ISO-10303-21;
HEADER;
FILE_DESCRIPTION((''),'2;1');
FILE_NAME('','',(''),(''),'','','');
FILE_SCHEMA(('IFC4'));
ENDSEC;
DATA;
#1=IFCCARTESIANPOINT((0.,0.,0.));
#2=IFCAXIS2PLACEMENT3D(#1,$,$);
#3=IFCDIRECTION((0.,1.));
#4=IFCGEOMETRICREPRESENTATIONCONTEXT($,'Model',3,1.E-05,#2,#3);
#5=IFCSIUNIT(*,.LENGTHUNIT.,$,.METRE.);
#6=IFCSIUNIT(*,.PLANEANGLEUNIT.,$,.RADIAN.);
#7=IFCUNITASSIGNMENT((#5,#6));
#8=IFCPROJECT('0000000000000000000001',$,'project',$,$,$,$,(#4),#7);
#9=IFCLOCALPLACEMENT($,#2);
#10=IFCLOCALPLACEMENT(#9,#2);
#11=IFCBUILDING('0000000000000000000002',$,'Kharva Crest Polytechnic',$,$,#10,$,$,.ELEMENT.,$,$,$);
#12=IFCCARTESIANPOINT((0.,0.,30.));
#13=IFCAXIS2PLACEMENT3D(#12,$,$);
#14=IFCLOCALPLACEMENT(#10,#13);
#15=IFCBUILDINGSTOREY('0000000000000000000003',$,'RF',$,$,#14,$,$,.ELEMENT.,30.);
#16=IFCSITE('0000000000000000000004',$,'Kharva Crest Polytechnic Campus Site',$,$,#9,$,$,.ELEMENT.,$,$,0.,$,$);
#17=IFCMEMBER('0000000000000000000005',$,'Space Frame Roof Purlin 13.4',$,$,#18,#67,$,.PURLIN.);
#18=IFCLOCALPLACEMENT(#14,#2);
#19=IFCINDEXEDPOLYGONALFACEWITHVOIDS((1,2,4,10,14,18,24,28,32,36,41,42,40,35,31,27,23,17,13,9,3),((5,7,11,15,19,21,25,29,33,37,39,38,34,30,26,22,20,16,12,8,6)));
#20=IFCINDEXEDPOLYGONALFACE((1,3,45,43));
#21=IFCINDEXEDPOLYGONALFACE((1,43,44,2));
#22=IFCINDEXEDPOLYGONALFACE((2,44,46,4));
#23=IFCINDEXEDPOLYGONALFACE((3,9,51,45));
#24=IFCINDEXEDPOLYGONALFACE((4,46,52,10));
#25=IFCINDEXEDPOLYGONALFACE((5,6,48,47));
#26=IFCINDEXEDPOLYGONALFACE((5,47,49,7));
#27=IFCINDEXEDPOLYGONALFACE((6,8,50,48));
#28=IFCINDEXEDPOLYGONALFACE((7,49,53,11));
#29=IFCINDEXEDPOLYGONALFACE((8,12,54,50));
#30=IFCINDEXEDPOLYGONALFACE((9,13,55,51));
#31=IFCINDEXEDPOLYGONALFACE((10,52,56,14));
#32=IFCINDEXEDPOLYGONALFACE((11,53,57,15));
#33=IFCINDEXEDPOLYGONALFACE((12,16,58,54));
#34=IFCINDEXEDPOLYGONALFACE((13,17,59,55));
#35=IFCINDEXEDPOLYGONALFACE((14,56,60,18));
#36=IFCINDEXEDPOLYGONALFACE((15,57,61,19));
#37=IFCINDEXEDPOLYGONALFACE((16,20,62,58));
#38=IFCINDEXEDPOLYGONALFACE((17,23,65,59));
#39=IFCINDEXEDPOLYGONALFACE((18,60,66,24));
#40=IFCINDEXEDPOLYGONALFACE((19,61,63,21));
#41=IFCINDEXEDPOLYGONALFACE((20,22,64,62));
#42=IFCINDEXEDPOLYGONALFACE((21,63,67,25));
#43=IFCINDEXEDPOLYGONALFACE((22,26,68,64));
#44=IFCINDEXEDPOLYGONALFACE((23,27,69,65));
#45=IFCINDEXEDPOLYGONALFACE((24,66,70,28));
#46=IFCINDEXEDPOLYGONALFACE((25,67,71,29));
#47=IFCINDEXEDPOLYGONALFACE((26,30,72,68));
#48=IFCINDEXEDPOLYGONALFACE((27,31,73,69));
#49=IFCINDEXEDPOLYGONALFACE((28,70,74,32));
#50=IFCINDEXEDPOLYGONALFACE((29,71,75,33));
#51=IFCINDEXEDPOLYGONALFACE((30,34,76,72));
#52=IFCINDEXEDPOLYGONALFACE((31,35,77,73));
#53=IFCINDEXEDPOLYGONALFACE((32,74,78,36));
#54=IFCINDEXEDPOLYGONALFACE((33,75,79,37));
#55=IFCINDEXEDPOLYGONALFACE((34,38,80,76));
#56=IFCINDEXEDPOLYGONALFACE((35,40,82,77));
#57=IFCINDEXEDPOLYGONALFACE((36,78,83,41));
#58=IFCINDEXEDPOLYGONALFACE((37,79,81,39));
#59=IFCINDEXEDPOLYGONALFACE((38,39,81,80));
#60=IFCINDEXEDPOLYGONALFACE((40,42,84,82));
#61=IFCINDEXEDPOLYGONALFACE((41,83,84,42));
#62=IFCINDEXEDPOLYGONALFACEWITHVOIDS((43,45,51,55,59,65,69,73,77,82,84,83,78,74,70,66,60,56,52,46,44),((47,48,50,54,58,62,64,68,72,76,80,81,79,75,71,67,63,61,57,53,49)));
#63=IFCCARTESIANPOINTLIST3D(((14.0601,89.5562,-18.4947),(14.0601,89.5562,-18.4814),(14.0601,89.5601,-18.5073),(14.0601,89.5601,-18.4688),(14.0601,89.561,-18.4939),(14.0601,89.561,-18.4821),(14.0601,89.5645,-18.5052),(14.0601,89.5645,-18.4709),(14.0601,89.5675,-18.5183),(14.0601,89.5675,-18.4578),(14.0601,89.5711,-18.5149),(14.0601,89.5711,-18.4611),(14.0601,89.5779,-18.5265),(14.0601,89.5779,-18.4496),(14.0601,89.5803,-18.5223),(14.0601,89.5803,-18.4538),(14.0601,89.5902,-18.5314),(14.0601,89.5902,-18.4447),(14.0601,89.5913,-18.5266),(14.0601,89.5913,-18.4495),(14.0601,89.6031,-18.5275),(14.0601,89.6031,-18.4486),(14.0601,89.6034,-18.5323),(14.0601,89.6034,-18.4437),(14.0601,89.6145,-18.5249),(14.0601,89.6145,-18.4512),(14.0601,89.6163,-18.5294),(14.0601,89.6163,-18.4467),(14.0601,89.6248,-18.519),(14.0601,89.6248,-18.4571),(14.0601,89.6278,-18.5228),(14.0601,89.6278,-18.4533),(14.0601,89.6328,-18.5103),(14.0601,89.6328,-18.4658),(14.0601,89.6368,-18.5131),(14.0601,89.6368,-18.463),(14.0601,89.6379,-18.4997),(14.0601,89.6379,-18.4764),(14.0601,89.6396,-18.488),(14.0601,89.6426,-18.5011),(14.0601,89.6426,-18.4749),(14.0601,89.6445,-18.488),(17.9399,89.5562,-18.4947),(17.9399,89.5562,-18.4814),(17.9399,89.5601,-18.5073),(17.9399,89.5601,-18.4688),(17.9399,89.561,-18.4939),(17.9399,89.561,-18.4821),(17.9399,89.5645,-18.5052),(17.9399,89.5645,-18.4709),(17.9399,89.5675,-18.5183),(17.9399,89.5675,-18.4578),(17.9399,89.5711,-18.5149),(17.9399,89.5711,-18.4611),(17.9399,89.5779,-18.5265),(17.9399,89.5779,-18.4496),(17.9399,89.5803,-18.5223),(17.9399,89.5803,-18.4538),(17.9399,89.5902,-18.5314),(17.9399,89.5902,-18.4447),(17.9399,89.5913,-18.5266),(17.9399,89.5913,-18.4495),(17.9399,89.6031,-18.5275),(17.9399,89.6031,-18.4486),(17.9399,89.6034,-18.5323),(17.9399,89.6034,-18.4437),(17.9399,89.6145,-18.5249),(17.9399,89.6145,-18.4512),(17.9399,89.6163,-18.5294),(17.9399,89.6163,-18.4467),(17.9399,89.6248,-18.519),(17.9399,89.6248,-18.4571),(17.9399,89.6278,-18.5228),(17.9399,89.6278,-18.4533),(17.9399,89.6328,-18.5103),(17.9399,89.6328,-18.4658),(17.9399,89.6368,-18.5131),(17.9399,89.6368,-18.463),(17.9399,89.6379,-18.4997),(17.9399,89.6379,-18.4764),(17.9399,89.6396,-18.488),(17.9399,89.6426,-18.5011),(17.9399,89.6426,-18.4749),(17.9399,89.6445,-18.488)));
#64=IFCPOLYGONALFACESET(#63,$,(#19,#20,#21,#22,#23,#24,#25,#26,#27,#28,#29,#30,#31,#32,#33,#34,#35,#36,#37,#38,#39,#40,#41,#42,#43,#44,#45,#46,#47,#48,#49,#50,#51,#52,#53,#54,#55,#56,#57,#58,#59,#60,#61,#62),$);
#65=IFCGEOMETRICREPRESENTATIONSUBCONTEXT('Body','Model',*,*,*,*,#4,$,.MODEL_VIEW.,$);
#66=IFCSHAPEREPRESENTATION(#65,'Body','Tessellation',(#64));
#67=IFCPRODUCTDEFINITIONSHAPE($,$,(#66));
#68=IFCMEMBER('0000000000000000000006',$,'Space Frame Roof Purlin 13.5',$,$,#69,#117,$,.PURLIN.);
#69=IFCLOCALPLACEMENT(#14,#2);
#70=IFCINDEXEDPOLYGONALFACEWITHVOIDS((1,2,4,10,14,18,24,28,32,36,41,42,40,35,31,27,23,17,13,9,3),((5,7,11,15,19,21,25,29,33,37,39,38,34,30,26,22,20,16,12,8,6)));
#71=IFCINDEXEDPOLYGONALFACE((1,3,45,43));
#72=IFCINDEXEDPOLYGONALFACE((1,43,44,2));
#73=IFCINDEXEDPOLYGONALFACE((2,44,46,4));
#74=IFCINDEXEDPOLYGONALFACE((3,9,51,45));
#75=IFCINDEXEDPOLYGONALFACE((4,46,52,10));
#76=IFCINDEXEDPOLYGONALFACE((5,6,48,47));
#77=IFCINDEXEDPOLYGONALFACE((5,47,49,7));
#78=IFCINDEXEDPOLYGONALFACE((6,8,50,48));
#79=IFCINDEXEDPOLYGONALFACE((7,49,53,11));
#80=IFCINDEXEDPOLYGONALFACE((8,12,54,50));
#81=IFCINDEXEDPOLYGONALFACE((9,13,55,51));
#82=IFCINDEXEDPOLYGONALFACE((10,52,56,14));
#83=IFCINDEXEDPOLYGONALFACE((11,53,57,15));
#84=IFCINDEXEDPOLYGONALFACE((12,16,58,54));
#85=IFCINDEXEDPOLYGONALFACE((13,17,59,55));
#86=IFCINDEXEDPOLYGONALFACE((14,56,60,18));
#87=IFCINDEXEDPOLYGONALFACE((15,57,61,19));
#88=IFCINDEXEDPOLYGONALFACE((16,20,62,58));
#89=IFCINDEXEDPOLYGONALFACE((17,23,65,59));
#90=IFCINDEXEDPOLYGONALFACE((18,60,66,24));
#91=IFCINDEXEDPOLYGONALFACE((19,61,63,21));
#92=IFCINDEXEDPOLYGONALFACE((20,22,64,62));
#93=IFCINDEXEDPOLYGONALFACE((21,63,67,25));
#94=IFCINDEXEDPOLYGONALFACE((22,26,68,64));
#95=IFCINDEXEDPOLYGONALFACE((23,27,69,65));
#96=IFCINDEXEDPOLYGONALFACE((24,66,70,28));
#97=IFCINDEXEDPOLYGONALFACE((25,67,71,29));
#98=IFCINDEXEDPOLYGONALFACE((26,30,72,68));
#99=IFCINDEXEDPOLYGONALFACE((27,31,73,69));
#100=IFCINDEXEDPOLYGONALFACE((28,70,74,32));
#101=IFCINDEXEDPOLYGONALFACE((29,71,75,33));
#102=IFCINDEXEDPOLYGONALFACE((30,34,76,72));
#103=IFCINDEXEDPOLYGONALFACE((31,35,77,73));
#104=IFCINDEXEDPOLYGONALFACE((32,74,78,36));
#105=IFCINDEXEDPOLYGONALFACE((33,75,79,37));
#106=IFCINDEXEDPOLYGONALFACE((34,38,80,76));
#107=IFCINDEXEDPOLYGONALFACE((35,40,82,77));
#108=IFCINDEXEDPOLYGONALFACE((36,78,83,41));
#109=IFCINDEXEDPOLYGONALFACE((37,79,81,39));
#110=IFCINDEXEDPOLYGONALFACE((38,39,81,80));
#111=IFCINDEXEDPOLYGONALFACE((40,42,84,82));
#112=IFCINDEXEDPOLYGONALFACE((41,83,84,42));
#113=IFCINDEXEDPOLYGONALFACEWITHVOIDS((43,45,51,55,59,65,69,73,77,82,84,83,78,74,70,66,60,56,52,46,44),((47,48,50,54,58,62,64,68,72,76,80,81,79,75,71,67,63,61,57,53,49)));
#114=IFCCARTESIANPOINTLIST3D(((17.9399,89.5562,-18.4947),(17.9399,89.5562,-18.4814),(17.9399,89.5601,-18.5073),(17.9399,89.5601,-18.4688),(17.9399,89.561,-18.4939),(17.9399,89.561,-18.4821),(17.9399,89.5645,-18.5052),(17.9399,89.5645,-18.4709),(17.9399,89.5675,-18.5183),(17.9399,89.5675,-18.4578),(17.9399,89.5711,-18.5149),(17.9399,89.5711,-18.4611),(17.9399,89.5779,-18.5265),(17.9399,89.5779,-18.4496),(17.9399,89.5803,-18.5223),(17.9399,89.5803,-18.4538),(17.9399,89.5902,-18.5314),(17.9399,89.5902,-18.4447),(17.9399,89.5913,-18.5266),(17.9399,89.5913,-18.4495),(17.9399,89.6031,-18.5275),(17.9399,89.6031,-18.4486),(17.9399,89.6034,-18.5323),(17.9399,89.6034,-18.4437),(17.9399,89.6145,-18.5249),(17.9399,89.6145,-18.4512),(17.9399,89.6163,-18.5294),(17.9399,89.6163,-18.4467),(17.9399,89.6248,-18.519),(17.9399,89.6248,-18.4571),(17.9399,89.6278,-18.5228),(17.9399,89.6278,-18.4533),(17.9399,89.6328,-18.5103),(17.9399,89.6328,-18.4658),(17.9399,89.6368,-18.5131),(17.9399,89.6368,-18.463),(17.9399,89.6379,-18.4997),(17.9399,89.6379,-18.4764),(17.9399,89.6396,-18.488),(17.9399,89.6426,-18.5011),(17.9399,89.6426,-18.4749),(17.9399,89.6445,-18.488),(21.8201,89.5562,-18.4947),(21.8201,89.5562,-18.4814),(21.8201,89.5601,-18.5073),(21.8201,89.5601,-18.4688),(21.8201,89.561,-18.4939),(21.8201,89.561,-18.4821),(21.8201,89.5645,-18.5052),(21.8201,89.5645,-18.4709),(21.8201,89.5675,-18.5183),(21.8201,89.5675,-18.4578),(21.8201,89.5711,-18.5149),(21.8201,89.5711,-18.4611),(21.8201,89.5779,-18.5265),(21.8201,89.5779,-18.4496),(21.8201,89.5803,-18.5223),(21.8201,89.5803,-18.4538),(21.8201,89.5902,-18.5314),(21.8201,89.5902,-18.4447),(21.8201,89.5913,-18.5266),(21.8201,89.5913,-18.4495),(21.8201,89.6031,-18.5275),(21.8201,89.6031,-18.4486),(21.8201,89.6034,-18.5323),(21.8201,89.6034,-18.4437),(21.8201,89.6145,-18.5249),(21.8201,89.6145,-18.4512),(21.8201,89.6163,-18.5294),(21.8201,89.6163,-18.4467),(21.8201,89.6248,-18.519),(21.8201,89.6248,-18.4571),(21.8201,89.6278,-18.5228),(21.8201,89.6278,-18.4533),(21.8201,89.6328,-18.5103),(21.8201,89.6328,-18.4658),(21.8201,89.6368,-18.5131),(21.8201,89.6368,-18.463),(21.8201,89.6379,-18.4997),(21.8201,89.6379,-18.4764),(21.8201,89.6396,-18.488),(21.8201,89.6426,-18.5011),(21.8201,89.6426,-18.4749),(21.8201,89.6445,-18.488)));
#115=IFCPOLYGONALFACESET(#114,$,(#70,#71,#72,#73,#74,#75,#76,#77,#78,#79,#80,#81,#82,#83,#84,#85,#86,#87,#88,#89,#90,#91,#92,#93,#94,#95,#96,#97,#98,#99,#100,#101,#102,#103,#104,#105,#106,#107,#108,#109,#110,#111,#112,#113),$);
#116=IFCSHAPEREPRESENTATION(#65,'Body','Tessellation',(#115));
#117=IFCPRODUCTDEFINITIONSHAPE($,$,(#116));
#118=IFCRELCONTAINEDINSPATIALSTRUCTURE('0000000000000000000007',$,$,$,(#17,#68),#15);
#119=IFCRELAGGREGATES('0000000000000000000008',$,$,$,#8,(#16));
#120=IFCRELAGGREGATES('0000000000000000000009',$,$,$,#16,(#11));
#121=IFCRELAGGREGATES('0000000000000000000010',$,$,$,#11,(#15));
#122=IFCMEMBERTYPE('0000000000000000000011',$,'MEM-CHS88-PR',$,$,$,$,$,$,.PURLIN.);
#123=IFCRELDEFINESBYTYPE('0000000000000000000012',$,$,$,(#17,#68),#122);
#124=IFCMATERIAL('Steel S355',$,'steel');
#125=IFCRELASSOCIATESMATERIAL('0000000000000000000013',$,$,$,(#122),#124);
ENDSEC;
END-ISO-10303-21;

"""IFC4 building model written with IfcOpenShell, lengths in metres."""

from ifc_helpers import new_model, si_unit, direction, frame, origin, origin_2d, place, context, subcontext, project, spatial, hollow_circle, extrude, material, material_profile, profile_set, type_object, element, save


model = new_model("IFC4")

# Units and contexts
model_context = context("Model", 3, precision=1e-05, world=origin(), true_north=direction((0.0, 1.0)))
body_context = subcontext(model_context, "Body", "Model", "MODEL_VIEW")
ifc_project = project(units=[si_unit("LENGTHUNIT", "METRE"), si_unit("PLANEANGLEUNIT", "RADIAN")], contexts=[model_context])

# Site, building, storey
site_placement = place(None, origin())
site = spatial("IfcSite", under=ifc_project, at=site_placement, Name="Kharva Crest Polytechnic Campus Site", CompositionType="ELEMENT", RefElevation=0.0)
building_placement = place(site_placement, origin())
building = spatial("IfcBuilding", under=site, at=building_placement, Name="Kharva Crest Polytechnic", CompositionType="ELEMENT")
storey_placement = place(building_placement, frame((0.0, 0.0, 30.0)))
storey = spatial("IfcBuildingStorey", under=building, at=storey_placement, Name="RF", CompositionType="ELEMENT", Elevation=30.0)

# Members
ifc_material = material(Name="Steel S355", Category="steel")
ifc_material_profile = material_profile(ifc_material, hollow_circle(Radius=0.0444, WallThickness=0.0049, at=origin_2d()), Name="CHS 88.9X5.0")
ifc_profile_set = profile_set([ifc_material_profile], Name="Steel S355")
member_type = type_object("IfcMemberType", Name="MEM-CHS88-PR", PredefinedType="PURLIN", material=ifc_profile_set)
member_1_placement = place(storey_placement, frame((14.0601, 89.6001, -18.488), z_axis=(1.0, 0.0, 0.0), x_axis=(0.0, 1.0, 0.0)))
element("IfcMember", 1, at=member_1_placement, inside=storey, type_object=member_type, Name="Space Frame Roof Purlin 13.4", PredefinedType="PURLIN", context=body_context, shape_type="SweptSolid", body=[
    extrude(hollow_circle(Radius=0.0444, WallThickness=0.0049, at=origin_2d()), origin(), (0.0, 0.0, 1.0), 3.8799),
])
member_2_placement = place(storey_placement, frame((17.9399, 89.6001, -18.488), z_axis=(1.0, 0.0, 0.0), x_axis=(0.0, 1.0, 0.0)))
element("IfcMember", 2, at=member_2_placement, inside=storey, type_object=member_type, Name="Space Frame Roof Purlin 13.5", PredefinedType="PURLIN", context=body_context, shape_type="SweptSolid", body=[
    extrude(hollow_circle(Radius=0.0444, WallThickness=0.0049, at=origin_2d()), origin(), (0.0, 0.0, 1.0), 3.8801),
])

save(model, "model.ifc")
